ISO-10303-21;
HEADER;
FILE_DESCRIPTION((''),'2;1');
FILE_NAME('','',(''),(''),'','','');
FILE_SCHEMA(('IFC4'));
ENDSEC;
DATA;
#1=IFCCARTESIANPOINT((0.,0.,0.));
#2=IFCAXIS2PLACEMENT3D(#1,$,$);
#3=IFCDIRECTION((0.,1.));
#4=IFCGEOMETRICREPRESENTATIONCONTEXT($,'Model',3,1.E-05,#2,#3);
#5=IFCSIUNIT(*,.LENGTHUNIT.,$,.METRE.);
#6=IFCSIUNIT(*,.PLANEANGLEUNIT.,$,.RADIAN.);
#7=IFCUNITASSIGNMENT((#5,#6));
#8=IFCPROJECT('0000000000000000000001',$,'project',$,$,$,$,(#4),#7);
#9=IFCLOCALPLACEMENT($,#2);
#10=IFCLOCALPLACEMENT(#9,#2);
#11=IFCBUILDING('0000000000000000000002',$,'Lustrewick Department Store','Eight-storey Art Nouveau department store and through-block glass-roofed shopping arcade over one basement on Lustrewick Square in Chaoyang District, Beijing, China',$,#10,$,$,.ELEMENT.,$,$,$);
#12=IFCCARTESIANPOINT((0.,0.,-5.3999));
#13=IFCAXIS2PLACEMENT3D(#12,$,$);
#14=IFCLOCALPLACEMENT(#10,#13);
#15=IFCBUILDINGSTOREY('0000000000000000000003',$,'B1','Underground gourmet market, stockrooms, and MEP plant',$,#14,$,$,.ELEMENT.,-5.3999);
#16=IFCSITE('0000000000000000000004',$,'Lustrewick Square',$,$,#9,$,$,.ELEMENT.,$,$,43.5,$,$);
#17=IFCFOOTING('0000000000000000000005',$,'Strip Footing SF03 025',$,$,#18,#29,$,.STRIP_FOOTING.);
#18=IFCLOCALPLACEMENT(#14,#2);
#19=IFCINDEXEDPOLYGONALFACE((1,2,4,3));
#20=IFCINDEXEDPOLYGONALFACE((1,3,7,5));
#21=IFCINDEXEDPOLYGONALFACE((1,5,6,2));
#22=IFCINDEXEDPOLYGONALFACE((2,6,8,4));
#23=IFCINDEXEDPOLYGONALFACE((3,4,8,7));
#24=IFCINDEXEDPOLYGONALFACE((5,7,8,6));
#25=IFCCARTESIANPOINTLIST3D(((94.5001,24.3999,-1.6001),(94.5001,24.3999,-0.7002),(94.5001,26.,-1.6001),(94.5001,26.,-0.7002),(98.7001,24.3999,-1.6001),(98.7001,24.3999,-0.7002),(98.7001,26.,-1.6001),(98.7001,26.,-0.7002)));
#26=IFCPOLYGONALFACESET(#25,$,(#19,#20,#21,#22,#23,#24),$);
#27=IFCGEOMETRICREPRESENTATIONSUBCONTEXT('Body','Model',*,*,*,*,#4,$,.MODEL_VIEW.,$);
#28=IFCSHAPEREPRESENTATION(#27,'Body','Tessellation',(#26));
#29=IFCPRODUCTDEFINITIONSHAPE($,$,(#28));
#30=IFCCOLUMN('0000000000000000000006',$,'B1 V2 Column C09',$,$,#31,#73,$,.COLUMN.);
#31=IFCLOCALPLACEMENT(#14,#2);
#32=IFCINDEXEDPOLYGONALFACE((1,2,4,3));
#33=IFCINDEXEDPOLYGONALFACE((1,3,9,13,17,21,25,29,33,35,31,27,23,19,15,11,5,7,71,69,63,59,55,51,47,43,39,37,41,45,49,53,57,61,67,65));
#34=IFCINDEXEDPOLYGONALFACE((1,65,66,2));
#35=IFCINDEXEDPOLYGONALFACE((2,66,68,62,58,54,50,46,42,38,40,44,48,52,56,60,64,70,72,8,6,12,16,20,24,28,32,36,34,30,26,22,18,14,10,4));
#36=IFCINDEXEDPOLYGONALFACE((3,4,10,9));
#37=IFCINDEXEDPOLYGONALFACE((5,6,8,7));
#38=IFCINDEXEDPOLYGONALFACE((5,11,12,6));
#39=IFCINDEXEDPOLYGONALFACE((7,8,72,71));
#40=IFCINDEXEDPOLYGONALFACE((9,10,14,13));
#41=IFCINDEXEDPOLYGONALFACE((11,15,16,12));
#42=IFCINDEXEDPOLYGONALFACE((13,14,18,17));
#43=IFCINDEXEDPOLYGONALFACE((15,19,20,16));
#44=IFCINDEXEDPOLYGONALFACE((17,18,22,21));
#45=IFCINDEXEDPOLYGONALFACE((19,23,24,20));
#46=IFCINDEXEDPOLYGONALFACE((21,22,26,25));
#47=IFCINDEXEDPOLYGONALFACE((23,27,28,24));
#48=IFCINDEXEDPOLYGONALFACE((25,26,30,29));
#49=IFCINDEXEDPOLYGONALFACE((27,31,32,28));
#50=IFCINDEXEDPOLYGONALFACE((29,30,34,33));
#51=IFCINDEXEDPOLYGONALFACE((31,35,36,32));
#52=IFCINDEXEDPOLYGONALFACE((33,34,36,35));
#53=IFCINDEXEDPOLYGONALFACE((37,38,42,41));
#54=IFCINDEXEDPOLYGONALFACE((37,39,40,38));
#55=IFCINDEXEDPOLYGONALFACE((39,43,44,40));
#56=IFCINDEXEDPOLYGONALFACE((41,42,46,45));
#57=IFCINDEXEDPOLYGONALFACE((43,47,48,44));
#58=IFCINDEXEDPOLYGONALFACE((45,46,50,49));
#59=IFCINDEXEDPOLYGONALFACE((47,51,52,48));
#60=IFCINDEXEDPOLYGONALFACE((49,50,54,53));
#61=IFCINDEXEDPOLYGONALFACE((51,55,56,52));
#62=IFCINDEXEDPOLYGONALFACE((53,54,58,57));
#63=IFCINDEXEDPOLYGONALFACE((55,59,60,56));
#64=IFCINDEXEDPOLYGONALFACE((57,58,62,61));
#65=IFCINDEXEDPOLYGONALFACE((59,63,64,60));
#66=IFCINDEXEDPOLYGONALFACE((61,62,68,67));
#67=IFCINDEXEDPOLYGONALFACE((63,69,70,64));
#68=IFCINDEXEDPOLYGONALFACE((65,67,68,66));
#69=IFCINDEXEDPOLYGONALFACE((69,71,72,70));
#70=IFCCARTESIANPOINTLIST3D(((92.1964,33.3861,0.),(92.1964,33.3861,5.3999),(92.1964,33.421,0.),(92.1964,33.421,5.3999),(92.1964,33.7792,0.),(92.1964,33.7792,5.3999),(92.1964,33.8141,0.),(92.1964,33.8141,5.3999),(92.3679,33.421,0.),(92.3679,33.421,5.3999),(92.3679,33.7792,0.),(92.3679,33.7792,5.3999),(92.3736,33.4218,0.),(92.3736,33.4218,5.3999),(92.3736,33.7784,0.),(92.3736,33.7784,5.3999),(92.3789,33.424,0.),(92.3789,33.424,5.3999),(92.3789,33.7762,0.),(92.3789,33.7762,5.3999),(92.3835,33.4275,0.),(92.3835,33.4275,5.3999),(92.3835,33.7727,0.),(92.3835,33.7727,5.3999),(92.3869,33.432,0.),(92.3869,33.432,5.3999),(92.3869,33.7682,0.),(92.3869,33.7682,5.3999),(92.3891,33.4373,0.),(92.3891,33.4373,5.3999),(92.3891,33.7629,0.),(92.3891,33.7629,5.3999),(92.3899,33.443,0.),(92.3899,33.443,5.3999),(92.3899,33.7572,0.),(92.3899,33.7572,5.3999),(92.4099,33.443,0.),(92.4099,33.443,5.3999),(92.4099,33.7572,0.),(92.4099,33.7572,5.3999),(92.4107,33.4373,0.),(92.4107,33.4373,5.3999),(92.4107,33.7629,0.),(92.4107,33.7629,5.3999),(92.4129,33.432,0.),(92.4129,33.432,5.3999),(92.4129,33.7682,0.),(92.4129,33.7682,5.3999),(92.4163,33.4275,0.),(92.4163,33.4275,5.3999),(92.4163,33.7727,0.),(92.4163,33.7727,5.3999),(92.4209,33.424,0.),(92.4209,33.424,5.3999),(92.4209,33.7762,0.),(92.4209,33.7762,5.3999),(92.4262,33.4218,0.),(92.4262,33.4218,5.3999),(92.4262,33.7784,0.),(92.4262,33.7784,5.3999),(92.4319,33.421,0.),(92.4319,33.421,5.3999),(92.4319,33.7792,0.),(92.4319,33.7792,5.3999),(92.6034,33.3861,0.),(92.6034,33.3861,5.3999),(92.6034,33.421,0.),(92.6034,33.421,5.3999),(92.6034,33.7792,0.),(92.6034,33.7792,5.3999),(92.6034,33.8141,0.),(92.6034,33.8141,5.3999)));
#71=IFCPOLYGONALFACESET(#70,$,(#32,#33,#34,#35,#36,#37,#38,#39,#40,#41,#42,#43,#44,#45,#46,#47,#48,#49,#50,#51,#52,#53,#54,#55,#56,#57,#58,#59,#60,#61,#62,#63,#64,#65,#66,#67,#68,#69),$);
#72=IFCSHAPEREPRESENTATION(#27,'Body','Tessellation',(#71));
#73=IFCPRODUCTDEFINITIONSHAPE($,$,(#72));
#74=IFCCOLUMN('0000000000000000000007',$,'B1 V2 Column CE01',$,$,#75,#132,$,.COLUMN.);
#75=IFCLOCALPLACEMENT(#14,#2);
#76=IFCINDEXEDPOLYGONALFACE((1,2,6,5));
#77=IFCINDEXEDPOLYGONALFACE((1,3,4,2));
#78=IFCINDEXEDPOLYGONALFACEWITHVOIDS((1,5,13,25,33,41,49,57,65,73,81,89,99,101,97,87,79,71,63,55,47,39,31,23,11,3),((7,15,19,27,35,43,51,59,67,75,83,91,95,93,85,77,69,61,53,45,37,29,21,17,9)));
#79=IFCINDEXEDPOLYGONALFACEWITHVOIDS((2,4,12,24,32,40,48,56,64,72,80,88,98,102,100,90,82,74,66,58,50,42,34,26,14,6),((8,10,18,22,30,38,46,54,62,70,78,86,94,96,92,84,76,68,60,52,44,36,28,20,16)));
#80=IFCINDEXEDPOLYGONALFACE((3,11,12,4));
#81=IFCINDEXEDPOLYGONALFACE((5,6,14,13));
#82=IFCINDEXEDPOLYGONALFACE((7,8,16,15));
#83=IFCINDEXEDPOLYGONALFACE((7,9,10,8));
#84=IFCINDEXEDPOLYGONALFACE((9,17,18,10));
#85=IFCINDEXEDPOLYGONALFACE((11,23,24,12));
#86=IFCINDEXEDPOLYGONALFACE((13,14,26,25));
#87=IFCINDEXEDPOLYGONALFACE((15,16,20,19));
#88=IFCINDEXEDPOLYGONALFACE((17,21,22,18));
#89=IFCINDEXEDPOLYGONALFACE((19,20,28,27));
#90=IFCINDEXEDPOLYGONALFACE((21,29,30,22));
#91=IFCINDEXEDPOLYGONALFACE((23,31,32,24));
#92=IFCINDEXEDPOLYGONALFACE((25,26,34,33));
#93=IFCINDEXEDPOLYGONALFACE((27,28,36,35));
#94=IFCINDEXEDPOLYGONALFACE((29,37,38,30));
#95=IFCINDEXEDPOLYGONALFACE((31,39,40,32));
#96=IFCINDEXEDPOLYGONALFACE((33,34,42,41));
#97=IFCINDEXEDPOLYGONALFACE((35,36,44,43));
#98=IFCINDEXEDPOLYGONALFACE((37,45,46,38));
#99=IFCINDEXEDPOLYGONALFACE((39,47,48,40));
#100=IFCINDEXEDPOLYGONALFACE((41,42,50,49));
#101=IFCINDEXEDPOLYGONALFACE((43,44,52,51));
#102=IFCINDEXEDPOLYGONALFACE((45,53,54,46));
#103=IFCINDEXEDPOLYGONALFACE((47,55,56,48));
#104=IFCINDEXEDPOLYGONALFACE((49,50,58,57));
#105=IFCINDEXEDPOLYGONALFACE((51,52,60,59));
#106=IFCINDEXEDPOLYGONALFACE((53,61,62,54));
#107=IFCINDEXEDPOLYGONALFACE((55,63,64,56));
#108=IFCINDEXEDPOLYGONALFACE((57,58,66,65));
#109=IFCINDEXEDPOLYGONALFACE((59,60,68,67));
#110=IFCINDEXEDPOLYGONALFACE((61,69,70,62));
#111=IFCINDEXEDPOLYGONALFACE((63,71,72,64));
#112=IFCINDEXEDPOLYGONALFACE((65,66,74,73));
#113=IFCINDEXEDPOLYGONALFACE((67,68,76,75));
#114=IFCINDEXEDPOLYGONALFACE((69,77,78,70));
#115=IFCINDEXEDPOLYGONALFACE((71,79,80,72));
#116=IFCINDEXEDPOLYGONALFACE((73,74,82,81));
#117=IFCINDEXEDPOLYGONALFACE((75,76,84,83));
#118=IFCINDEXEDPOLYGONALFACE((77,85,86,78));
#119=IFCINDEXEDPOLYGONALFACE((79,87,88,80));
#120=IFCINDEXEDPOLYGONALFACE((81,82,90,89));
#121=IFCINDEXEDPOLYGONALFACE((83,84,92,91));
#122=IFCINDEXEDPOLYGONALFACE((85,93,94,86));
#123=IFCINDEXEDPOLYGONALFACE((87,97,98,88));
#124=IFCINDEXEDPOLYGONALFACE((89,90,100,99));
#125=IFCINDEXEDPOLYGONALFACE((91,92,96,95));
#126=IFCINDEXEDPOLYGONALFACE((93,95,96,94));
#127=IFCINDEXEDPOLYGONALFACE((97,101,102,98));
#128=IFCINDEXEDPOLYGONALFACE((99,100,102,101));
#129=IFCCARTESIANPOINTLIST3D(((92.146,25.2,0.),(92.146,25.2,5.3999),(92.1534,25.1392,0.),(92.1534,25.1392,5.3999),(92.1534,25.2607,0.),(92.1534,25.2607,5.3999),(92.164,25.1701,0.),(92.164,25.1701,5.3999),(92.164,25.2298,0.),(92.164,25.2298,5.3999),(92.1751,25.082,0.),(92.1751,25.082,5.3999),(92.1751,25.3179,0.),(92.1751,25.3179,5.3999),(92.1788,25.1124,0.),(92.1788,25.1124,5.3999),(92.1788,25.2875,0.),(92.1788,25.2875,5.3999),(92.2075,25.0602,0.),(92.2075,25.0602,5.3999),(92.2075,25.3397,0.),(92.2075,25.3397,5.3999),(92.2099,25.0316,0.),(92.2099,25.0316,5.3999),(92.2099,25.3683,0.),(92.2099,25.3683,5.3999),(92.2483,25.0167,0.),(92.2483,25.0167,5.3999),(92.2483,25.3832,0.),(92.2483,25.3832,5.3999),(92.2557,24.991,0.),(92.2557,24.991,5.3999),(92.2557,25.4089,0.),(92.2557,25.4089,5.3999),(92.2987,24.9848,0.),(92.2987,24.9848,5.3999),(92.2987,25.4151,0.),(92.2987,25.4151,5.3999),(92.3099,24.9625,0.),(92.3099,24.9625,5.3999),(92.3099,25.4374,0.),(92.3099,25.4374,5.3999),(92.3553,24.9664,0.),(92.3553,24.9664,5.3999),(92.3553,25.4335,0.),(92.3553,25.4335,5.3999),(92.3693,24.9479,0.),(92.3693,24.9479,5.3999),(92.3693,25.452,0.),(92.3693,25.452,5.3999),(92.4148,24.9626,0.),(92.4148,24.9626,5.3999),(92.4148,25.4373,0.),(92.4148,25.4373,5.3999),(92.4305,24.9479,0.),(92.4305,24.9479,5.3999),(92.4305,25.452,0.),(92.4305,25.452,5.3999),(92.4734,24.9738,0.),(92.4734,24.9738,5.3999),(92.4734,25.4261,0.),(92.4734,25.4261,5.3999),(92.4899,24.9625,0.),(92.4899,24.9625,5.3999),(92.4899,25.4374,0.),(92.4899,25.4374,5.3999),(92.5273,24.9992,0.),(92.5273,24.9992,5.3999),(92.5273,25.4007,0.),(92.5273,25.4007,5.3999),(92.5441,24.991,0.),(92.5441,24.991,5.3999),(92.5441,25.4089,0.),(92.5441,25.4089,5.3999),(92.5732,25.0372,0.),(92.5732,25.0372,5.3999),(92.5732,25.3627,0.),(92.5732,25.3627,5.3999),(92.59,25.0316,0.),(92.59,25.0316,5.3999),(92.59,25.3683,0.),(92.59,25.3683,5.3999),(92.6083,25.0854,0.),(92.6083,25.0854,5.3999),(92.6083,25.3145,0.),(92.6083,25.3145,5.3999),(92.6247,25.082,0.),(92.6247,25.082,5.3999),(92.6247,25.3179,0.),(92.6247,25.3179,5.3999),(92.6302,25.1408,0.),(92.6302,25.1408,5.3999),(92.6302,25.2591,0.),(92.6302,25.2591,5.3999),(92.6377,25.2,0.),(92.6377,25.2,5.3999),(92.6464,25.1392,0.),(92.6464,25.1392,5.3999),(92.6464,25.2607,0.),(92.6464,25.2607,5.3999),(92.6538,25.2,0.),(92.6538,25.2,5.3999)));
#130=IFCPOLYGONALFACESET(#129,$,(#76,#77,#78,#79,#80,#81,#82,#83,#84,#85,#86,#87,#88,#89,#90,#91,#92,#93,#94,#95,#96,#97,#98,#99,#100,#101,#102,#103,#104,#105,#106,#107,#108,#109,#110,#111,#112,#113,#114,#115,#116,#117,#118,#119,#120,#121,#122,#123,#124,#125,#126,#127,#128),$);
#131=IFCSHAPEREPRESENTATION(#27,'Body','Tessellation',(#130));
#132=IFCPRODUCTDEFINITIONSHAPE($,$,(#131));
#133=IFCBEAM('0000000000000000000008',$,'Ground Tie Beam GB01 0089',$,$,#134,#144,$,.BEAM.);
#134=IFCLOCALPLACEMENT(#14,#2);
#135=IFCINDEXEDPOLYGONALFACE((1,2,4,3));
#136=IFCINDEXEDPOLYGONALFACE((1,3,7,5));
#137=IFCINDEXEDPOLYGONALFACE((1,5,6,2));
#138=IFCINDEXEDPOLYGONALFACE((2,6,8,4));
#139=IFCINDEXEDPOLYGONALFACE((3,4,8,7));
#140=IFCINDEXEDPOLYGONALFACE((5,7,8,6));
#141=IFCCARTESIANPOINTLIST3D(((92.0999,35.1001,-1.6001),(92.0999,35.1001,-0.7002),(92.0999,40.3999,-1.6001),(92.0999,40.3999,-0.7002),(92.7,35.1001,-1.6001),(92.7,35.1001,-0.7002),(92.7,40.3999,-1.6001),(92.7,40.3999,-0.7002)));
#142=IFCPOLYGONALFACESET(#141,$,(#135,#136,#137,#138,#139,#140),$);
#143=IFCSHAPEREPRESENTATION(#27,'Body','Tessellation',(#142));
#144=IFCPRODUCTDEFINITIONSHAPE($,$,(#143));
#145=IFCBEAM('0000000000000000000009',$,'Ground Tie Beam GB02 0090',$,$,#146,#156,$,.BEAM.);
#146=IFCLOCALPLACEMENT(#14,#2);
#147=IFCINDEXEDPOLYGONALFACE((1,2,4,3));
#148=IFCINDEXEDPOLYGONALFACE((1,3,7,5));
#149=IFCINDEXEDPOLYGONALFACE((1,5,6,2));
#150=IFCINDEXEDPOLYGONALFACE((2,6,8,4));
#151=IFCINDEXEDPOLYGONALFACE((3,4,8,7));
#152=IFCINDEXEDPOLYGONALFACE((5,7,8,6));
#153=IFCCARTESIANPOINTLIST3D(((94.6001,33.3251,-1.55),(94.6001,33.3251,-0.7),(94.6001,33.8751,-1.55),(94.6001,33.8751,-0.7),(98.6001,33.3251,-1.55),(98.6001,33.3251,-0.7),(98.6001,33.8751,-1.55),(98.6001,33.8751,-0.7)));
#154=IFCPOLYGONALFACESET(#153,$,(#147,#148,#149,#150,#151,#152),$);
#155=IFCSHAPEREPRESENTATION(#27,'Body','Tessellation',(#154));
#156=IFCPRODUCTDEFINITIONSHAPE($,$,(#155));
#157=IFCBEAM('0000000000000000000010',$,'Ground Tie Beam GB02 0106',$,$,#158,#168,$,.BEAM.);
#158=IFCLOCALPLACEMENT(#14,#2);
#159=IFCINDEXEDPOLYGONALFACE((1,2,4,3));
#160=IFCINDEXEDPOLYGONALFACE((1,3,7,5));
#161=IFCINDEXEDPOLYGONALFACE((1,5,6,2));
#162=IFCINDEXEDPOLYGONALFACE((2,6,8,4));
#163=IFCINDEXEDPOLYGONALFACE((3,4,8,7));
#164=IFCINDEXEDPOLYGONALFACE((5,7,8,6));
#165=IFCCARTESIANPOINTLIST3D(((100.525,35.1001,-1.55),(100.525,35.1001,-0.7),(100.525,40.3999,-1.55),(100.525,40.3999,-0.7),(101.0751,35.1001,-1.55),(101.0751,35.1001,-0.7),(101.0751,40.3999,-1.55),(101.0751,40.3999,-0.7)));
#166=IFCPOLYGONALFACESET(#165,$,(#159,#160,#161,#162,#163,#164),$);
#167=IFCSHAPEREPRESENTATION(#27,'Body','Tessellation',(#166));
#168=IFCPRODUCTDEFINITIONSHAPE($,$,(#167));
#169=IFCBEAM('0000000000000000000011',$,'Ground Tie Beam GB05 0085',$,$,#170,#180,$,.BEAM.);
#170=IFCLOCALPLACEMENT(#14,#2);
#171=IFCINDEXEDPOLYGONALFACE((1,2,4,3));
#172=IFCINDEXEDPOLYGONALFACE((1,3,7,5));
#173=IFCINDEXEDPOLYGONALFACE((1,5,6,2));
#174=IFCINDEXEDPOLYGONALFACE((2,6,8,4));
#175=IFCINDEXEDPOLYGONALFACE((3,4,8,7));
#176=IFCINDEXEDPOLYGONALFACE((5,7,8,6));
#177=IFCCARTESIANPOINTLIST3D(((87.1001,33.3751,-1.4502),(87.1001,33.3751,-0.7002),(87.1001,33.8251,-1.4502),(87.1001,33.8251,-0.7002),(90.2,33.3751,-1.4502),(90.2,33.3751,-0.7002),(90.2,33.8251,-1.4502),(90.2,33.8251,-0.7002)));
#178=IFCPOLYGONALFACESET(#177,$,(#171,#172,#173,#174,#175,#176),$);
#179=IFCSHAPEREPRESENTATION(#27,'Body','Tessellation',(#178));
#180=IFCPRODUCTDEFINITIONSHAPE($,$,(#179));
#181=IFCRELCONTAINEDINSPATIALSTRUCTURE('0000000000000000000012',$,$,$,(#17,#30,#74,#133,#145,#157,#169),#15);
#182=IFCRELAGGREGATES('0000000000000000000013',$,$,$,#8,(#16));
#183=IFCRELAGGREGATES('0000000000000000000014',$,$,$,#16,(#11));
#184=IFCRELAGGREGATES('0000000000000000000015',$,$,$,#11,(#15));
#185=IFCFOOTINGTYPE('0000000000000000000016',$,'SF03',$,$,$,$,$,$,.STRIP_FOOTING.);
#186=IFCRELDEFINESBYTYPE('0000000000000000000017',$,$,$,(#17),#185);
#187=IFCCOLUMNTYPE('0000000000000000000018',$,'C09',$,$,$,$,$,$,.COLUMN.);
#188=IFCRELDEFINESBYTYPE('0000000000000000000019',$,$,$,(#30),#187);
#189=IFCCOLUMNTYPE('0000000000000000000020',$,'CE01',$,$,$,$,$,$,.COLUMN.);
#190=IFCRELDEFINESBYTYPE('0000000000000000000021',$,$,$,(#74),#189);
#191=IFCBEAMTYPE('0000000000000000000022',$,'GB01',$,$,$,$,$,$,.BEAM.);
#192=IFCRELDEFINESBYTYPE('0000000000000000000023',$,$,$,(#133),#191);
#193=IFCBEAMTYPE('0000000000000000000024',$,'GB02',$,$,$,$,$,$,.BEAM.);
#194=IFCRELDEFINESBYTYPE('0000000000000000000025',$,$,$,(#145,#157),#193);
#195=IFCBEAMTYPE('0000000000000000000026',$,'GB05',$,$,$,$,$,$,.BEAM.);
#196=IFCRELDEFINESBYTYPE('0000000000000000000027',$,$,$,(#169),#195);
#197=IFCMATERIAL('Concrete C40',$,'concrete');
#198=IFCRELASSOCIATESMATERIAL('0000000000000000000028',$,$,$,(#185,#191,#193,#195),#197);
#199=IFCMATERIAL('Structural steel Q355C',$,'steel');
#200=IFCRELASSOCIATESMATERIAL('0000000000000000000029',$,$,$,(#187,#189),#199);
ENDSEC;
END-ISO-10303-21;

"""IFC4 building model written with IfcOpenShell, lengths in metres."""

from ifc_helpers import new_model, si_unit, direction, frame, origin, origin_2d, place, context, subcontext, project, spatial, rectangle, hollow_circle, i_section, extrude, material, material_profile, profile_set, type_object, element, save


model = new_model("IFC4")

# Units and contexts
model_context = context("Model", 3, precision=1e-05, world=origin(), true_north=direction((0.0, 1.0)))
body_context = subcontext(model_context, "Body", "Model", "MODEL_VIEW")
ifc_project = project(units=[si_unit("LENGTHUNIT", "METRE"), si_unit("PLANEANGLEUNIT", "RADIAN")], contexts=[model_context])

# Site, building, storey
site_placement = place(None, origin())
site = spatial("IfcSite", under=ifc_project, at=site_placement, Name="Lustrewick Square", CompositionType="ELEMENT", RefElevation=43.5)
building_placement = place(site_placement, origin())
building = spatial("IfcBuilding", under=site, at=building_placement, Name="Lustrewick Department Store", Description="Eight-storey Art Nouveau department store and through-block glass-roofed shopping arcade over one basement on Lustrewick Square in Chaoyang District, Beijing, China", CompositionType="ELEMENT")
storey_placement = place(building_placement, frame((0.0, 0.0, -5.3999)))
storey = spatial("IfcBuildingStorey", under=building, at=storey_placement, Name="B1", Description="Underground gourmet market, stockrooms, and MEP plant", CompositionType="ELEMENT", Elevation=-5.3999)

# Shared definitions
ifc_material_1 = material(Name="Concrete C40", Category="concrete")

# Footing
footing_type_1 = type_object("IfcFootingType", Name="SF03", PredefinedType="STRIP_FOOTING", material=ifc_material_1)
footing_1_placement = place(storey_placement, frame((96.6001, 25.2, -1.6001), z_axis=(0.0, 0.0, 1.0), x_axis=(1.0, 0.0, 0.0)))
element("IfcFooting", 1, at=footing_1_placement, inside=storey, type_object=footing_type_1, Name="Strip Footing SF03 025", PredefinedType="STRIP_FOOTING", context=body_context, shape_type="SweptSolid", body=[
    extrude(rectangle(XDim=4.2, YDim=1.6001, at=origin_2d()), origin(), (0.0, 0.0, 1.0), 0.8999),
])

# Columns
ifc_material_2 = material(Name="Structural steel Q355C", Category="steel")
ifc_material_profile_1 = material_profile(ifc_material_2, i_section(OverallWidth=0.407, OverallDepth=0.428, WebThickness=0.02, FlangeThickness=0.0349, FilletRadius=0.022, at=origin_2d()), Name="HW 428x407x20x35")
ifc_profile_set_1 = profile_set([ifc_material_profile_1], Name="Structural steel Q355C")
column_type_1 = type_object("IfcColumnType", Name="C09", PredefinedType="COLUMN", material=ifc_profile_set_1)
column_1_placement = place(storey_placement, frame((92.3999, 33.6001, 0.0), z_axis=(0.0, 0.0, 1.0), x_axis=(1.0, 0.0, 0.0)))
element("IfcColumn", 2, at=column_1_placement, inside=storey, type_object=column_type_1, Name="B1 V2 Column C09", PredefinedType="COLUMN", context=body_context, shape_type="SweptSolid", body=[
    extrude(i_section(OverallWidth=0.407, OverallDepth=0.428, WebThickness=0.02, FlangeThickness=0.0349, FilletRadius=0.022, at=origin_2d()), origin(), (0.0, 0.0, 1.0), 5.3999),
])
ifc_material_profile_2 = material_profile(ifc_material_2, hollow_circle(Radius=0.2539, WallThickness=0.0161, at=origin_2d()), Name="CHS 508x16")
ifc_profile_set_2 = profile_set([ifc_material_profile_2], Name="Structural steel Q355C")
column_type_2 = type_object("IfcColumnType", Name="CE01", PredefinedType="COLUMN", material=ifc_profile_set_2)
column_2_placement = place(storey_placement, frame((92.3999, 25.2, 0.0), z_axis=(0.0, 0.0, 1.0), x_axis=(1.0, 0.0, 0.0)))
element("IfcColumn", 3, at=column_2_placement, inside=storey, type_object=column_type_2, Name="B1 V2 Column CE01", PredefinedType="COLUMN", context=body_context, shape_type="SweptSolid", body=[
    extrude(hollow_circle(Radius=0.2539, WallThickness=0.0161, at=origin_2d()), origin(), (0.0, 0.0, 1.0), 5.3999),
])

# Beams
ifc_material_profile_3 = material_profile(ifc_material_1, rectangle(XDim=0.6001, YDim=0.8999, at=origin_2d()), Name="RC 600x900")
ifc_profile_set_3 = profile_set([ifc_material_profile_3], Name="Concrete C40")
beam_type_1 = type_object("IfcBeamType", Name="GB01", PredefinedType="BEAM", material=ifc_profile_set_3)
beam_1_placement = place(storey_placement, frame((92.3999, 35.1001, -1.1501), z_axis=(0.0, 1.0, 0.0), x_axis=(-1.0, 0.0, 0.0)))
element("IfcBeam", 4, at=beam_1_placement, inside=storey, type_object=beam_type_1, Name="Ground Tie Beam GB01 0089", PredefinedType="BEAM", context=body_context, shape_type="SweptSolid", body=[
    extrude(rectangle(XDim=0.6001, YDim=0.8999, at=origin_2d()), origin(), (0.0, 0.0, 1.0), 5.2998),
])
ifc_material_profile_4 = material_profile(ifc_material_1, rectangle(XDim=0.55, YDim=0.8501, at=origin_2d()), Name="RC 550x850")
ifc_profile_set_4 = profile_set([ifc_material_profile_4], Name="Concrete C40")
beam_type_2 = type_object("IfcBeamType", Name="GB02", PredefinedType="BEAM", material=ifc_profile_set_4)
beam_2_placement = place(storey_placement, frame((94.6001, 33.6001, -1.125), z_axis=(1.0, 0.0, 0.0), x_axis=(0.0, 1.0, 0.0)))
element("IfcBeam", 5, at=beam_2_placement, inside=storey, type_object=beam_type_2, Name="Ground Tie Beam GB02 0090", PredefinedType="BEAM", context=body_context, shape_type="SweptSolid", body=[
    extrude(rectangle(XDim=0.55, YDim=0.8501, at=origin_2d()), origin(), (0.0, 0.0, 1.0), 4.0),
])
beam_3_placement = place(storey_placement, frame((100.8, 35.1001, -1.125), z_axis=(0.0, 1.0, 0.0), x_axis=(-1.0, 0.0, 0.0)))
element("IfcBeam", 6, at=beam_3_placement, inside=storey, type_object=beam_type_2, Name="Ground Tie Beam GB02 0106", PredefinedType="BEAM", context=body_context, shape_type="SweptSolid", body=[
    extrude(rectangle(XDim=0.55, YDim=0.8501, at=origin_2d()), origin(), (0.0, 0.0, 1.0), 5.2998),
])
ifc_material_profile_5 = material_profile(ifc_material_1, rectangle(XDim=0.45, YDim=0.75, at=origin_2d()), Name="RC 450x750")
ifc_profile_set_5 = profile_set([ifc_material_profile_5], Name="Concrete C40")
beam_type_3 = type_object("IfcBeamType", Name="GB05", PredefinedType="BEAM", material=ifc_profile_set_5)
beam_4_placement = place(storey_placement, frame((87.1001, 33.6001, -1.0752), z_axis=(1.0, 0.0, 0.0), x_axis=(0.0, 1.0, 0.0)))
element("IfcBeam", 7, at=beam_4_placement, inside=storey, type_object=beam_type_3, Name="Ground Tie Beam GB05 0085", PredefinedType="BEAM", context=body_context, shape_type="SweptSolid", body=[
    extrude(rectangle(XDim=0.45, YDim=0.75, at=origin_2d()), origin(), (0.0, 0.0, 1.0), 3.0999),
])

save(model, "model.ifc")
